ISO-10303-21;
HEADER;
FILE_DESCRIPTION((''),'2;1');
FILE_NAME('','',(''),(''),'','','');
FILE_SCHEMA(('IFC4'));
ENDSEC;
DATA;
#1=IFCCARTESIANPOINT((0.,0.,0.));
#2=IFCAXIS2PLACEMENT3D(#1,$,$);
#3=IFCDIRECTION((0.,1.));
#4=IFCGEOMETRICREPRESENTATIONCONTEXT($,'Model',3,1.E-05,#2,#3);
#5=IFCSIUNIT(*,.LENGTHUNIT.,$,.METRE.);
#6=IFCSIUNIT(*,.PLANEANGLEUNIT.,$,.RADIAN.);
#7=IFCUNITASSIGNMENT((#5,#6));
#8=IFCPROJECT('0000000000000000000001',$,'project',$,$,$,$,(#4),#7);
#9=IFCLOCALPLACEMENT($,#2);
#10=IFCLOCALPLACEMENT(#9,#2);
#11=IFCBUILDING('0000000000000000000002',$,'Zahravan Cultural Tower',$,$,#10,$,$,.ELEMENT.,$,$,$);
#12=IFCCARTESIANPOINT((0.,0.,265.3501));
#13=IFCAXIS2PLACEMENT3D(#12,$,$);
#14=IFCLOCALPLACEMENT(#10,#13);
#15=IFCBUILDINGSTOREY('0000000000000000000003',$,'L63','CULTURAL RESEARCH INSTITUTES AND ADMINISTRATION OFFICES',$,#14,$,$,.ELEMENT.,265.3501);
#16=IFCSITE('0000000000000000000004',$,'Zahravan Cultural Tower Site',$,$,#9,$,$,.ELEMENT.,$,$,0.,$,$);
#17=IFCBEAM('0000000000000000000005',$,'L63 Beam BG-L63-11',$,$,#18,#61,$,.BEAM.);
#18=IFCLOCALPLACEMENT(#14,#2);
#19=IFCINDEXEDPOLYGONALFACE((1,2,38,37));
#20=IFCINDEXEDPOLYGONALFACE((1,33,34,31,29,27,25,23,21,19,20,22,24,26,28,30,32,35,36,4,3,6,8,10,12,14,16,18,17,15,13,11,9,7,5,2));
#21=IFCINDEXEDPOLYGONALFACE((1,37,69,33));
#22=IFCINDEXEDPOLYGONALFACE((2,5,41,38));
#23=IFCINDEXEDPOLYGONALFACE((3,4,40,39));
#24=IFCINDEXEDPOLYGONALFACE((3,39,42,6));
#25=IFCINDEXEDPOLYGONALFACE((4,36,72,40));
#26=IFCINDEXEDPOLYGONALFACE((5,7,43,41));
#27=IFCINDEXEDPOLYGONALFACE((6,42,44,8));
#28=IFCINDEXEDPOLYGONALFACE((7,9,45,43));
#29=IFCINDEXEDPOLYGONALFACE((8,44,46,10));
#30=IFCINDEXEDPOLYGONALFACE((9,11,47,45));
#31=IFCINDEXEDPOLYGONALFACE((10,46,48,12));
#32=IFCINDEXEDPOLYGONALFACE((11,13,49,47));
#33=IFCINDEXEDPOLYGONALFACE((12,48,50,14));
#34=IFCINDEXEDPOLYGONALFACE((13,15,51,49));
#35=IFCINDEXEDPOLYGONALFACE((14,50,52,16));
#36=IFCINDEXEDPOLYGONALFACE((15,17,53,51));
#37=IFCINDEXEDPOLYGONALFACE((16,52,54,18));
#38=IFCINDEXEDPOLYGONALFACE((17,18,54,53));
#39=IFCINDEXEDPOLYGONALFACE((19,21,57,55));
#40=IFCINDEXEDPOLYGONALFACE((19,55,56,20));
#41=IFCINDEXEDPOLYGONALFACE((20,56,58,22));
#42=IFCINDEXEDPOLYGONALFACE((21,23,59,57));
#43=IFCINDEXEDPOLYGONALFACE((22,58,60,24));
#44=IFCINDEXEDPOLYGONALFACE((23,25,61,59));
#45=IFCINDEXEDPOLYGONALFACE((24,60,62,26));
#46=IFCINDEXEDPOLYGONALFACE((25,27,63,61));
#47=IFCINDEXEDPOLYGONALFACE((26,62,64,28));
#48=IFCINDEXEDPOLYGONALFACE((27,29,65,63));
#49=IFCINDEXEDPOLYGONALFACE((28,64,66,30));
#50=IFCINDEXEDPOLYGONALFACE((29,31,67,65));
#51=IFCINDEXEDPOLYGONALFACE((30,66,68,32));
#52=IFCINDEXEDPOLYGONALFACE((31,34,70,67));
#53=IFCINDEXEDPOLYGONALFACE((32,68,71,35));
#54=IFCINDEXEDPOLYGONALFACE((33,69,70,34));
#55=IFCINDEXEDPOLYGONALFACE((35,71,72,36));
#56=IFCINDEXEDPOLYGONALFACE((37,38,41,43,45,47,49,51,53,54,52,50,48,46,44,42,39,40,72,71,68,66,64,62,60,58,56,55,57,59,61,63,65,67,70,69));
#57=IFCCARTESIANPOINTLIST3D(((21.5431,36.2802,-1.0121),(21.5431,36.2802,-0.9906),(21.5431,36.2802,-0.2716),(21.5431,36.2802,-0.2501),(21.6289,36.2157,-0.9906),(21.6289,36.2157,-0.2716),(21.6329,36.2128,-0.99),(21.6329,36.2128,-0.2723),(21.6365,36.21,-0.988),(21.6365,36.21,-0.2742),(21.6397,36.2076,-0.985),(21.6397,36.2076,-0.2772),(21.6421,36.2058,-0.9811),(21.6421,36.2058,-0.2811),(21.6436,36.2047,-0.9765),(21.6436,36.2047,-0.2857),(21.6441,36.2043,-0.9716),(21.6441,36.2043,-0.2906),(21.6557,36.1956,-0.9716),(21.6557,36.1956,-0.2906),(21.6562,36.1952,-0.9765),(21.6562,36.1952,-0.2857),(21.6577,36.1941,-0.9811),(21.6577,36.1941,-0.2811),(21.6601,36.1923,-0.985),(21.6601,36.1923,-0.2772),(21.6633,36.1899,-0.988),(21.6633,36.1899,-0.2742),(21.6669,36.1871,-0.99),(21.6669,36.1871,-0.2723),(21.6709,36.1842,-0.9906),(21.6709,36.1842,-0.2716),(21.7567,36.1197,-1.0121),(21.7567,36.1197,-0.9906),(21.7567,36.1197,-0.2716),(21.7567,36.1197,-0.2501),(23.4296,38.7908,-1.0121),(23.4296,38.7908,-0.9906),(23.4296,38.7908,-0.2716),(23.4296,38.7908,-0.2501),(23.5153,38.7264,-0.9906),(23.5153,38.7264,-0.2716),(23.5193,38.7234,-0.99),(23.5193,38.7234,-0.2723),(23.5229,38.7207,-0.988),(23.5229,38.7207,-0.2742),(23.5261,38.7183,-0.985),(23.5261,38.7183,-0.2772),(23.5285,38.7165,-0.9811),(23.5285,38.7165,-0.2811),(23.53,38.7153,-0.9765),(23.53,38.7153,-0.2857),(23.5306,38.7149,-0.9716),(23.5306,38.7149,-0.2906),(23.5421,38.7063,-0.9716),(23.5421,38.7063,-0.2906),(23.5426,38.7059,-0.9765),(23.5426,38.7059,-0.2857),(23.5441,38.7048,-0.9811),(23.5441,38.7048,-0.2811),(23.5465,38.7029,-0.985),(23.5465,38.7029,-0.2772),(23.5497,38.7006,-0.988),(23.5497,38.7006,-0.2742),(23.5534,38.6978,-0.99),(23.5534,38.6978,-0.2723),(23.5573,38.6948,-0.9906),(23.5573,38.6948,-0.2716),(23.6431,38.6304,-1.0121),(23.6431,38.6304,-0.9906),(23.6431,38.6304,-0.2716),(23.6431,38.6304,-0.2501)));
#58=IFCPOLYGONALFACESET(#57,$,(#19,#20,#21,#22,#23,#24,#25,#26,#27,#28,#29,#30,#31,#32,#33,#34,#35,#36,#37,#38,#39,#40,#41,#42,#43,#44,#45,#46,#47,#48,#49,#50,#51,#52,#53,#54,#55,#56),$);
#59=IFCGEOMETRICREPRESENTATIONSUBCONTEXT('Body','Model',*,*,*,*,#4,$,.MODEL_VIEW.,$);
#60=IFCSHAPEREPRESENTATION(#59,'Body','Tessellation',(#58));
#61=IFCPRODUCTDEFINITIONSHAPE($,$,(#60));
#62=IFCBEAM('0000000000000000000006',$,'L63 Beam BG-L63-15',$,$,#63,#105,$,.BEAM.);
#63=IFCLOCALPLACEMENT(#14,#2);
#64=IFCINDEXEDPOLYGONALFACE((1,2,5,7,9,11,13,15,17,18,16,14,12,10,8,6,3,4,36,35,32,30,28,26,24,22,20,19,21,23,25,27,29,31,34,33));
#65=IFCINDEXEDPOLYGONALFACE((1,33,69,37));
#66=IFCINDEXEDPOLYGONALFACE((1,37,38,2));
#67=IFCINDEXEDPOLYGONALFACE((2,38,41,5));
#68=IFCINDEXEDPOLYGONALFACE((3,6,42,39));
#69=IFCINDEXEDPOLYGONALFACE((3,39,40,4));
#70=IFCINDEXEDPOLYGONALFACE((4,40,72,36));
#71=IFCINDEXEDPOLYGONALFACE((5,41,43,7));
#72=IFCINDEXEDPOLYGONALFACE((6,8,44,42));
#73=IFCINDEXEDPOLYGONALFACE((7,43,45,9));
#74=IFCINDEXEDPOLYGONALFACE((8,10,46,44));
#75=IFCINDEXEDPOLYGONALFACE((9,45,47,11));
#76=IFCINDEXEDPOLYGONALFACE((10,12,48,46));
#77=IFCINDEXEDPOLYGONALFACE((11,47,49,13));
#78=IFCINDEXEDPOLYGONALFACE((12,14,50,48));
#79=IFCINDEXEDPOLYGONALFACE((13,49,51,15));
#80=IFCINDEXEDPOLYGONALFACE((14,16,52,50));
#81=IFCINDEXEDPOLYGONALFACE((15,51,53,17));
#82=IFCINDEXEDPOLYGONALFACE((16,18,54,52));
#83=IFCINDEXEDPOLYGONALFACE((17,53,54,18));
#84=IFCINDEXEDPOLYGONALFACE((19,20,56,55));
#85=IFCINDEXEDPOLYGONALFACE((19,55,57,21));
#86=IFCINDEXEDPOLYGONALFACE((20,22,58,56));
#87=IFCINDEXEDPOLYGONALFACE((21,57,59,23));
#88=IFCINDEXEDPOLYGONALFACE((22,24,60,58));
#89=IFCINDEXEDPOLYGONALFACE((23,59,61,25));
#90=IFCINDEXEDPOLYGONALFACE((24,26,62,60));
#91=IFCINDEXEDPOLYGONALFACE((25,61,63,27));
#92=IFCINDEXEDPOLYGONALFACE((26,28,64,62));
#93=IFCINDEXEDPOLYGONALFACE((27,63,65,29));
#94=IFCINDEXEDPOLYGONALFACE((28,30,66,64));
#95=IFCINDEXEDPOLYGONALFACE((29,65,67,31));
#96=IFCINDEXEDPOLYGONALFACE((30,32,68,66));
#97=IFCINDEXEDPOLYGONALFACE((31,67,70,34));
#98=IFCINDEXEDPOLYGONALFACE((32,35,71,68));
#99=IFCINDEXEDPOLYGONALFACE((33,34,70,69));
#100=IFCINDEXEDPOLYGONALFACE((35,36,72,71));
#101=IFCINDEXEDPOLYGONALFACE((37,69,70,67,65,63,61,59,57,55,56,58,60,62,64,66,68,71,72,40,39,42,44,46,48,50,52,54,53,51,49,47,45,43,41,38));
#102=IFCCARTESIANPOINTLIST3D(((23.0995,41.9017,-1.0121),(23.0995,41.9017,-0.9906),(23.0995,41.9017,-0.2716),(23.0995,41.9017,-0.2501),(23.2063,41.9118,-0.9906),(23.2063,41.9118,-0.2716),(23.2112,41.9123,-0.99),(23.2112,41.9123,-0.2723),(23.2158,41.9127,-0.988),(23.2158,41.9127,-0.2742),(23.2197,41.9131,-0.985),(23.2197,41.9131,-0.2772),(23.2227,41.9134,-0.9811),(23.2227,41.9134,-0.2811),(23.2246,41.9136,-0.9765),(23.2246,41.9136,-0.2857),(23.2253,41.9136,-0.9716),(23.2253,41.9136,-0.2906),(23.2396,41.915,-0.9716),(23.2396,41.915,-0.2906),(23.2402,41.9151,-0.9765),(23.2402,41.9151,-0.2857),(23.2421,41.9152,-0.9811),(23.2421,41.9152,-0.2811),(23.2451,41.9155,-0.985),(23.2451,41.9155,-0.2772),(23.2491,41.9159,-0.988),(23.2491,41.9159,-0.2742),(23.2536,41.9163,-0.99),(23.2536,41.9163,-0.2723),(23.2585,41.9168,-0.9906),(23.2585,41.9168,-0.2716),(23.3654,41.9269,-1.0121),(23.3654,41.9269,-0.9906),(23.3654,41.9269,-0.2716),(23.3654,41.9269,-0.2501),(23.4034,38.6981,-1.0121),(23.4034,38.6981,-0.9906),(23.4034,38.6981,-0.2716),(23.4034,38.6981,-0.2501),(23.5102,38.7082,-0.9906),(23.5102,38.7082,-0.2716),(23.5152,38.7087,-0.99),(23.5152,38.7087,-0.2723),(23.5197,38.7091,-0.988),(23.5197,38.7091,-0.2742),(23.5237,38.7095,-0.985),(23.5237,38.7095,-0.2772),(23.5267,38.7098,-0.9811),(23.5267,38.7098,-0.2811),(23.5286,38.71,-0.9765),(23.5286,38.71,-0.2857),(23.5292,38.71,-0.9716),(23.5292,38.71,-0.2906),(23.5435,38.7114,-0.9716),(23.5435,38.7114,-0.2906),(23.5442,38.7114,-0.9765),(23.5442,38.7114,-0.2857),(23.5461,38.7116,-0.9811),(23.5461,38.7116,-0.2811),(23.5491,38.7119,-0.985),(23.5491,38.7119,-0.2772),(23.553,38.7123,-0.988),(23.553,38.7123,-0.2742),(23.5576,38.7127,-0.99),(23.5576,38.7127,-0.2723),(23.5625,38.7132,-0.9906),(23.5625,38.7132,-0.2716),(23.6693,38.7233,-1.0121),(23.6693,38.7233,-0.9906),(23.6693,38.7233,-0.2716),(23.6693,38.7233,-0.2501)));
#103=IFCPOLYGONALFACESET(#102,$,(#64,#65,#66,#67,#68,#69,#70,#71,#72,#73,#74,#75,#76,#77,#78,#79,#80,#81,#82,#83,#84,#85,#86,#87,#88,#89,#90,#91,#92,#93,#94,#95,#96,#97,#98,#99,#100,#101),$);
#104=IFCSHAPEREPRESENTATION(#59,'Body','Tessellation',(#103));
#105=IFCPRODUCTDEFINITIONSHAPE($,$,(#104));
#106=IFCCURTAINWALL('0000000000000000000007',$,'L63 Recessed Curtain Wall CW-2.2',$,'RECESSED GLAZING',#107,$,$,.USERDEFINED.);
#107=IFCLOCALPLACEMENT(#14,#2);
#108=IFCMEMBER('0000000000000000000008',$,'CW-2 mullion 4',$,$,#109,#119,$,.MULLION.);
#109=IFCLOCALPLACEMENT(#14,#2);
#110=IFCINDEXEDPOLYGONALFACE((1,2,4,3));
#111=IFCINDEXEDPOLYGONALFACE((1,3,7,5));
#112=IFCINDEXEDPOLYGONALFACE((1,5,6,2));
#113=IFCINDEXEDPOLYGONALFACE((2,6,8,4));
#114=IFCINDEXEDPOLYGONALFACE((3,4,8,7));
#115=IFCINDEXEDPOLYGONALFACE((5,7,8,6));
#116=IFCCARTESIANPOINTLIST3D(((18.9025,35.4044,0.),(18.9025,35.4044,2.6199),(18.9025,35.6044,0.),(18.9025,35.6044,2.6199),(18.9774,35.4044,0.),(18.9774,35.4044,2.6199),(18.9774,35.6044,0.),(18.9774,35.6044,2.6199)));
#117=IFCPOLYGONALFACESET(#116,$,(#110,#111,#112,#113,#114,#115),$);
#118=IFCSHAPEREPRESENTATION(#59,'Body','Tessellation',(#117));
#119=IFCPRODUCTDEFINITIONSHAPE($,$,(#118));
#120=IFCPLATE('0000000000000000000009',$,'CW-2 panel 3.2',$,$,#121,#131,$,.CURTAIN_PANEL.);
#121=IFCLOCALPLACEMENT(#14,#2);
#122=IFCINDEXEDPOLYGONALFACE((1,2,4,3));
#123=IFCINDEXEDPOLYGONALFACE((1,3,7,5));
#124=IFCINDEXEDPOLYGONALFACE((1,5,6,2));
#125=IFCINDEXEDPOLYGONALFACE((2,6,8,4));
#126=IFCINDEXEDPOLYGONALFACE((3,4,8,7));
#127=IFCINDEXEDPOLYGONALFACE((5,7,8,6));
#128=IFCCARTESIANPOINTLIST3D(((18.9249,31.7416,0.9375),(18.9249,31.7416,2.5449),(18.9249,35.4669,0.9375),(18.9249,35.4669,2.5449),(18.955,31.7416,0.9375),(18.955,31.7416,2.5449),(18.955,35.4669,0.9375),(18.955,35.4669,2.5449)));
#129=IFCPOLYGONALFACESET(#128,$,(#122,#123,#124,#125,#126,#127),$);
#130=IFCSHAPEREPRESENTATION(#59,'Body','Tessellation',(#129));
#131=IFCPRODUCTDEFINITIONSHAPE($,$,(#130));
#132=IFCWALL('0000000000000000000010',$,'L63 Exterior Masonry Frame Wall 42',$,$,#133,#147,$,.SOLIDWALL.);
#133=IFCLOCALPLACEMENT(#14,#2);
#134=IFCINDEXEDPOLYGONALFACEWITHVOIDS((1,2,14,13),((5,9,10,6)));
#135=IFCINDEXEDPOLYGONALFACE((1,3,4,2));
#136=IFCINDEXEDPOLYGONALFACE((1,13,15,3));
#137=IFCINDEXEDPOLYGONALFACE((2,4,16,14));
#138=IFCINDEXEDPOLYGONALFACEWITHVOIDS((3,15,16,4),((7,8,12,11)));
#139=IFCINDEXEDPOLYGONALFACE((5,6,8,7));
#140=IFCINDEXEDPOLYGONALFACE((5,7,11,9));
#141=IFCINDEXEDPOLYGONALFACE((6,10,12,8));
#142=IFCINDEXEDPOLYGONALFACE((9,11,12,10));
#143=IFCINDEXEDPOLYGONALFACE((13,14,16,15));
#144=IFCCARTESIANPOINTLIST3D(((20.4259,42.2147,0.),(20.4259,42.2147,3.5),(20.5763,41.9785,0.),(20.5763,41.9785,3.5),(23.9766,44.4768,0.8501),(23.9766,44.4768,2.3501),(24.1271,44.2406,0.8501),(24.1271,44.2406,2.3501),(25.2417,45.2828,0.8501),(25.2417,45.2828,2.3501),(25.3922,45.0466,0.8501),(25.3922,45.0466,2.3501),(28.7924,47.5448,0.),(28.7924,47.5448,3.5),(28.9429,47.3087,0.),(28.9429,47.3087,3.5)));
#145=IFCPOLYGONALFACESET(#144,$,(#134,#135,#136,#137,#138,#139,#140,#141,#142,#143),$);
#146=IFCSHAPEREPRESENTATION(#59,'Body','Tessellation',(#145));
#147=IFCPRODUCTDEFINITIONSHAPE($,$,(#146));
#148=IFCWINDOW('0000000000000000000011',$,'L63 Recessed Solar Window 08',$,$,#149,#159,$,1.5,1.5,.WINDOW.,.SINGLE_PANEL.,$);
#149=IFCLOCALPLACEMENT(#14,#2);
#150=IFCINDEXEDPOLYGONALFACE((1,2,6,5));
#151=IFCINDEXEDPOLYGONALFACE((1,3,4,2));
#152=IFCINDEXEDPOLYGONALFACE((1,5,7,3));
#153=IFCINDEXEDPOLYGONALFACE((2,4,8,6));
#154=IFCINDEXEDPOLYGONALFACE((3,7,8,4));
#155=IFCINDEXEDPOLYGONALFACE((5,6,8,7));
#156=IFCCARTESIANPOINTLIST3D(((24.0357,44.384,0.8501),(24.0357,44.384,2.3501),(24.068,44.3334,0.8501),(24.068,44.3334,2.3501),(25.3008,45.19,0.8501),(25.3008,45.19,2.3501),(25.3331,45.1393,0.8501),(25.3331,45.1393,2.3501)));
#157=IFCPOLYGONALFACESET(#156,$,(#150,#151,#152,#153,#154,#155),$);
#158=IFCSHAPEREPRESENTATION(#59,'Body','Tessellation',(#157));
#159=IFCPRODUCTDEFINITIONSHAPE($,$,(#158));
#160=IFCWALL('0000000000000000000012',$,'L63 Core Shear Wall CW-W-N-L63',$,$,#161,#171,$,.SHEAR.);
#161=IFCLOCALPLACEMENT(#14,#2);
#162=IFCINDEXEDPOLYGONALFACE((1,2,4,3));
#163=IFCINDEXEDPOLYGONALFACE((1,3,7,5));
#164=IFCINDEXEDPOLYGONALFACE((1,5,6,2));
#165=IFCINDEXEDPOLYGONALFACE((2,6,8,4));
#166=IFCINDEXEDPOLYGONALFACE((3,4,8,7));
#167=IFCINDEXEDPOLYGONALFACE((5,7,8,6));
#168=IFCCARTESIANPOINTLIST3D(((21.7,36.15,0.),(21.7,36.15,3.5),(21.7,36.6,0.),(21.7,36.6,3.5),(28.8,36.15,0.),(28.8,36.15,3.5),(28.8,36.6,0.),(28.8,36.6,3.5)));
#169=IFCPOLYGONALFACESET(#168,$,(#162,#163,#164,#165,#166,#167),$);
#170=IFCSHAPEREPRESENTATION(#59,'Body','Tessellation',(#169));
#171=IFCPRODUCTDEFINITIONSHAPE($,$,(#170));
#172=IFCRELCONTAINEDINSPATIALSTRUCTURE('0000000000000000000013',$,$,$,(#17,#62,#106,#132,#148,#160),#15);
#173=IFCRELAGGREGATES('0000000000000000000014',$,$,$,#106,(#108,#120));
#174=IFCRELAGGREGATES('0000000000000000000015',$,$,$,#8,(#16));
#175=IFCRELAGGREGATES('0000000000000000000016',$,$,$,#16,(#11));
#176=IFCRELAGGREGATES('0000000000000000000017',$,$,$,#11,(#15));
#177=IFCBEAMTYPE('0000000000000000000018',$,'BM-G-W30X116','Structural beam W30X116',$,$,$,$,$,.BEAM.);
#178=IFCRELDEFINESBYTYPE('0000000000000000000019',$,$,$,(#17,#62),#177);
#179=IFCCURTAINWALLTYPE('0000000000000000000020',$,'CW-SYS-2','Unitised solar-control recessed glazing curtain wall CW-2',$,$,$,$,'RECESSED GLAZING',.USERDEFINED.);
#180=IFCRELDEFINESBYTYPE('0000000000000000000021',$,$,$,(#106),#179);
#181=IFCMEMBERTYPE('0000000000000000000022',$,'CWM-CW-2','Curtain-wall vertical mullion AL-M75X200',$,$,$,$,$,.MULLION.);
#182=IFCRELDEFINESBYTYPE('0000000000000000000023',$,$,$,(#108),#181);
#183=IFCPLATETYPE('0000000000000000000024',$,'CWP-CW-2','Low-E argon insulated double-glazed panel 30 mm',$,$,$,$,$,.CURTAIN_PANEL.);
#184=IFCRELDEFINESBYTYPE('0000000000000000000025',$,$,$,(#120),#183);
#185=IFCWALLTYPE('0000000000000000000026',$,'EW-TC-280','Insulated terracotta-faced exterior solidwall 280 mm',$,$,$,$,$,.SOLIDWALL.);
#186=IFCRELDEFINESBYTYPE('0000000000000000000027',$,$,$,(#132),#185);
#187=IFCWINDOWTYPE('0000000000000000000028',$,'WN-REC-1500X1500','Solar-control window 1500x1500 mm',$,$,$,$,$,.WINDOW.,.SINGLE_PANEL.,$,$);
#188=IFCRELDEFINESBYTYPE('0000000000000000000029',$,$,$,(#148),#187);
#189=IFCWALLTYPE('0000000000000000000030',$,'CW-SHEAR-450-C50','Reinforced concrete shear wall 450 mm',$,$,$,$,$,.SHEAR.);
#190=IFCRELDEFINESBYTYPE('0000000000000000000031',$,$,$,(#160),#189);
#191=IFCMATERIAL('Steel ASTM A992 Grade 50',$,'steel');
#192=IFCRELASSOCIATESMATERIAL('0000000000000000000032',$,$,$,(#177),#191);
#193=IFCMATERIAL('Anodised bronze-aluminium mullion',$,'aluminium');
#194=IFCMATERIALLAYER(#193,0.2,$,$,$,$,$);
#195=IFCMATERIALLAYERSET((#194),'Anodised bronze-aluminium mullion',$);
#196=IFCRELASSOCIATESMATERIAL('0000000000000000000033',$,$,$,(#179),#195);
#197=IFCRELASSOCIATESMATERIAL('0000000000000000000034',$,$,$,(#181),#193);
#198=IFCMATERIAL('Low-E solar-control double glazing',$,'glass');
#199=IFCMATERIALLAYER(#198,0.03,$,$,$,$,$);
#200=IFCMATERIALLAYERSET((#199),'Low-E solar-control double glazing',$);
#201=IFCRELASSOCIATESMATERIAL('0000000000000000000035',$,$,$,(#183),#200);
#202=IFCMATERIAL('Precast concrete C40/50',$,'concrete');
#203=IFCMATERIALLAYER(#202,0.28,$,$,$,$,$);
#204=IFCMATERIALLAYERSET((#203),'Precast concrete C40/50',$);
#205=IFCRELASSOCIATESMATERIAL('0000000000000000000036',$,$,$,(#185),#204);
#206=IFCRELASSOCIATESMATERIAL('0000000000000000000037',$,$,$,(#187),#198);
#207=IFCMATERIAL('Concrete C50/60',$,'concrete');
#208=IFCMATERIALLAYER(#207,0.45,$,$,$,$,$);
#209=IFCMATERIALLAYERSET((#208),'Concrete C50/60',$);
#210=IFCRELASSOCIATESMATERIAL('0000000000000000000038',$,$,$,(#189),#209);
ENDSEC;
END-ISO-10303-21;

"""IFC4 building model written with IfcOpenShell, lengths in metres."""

from ifc_helpers import new_model, si_unit, direction, frame, frame_2d, origin, origin_2d, place, context, subcontext, project, spatial, rectangle, i_section, extrude, source, transform, mapped, material, layer, layer_set, material_profile, profile_set, type_object, element, fill, aggregate, save


model = new_model("IFC4")

# Units and contexts
model_context = context("Model", 3, precision=1e-05, world=origin(), true_north=direction((0.0, 1.0)))
body_context = subcontext(model_context, "Body", "Model", "MODEL_VIEW")
ifc_project = project(units=[si_unit("LENGTHUNIT", "METRE"), si_unit("PLANEANGLEUNIT", "RADIAN")], contexts=[model_context])

# Site, building, storey
site_placement = place(None, origin())
site = spatial("IfcSite", under=ifc_project, at=site_placement, Name="Zahravan Cultural Tower Site", CompositionType="ELEMENT", RefElevation=0.0)
building_placement = place(site_placement, origin())
building = spatial("IfcBuilding", under=site, at=building_placement, Name="Zahravan Cultural Tower", CompositionType="ELEMENT")
storey_placement = place(building_placement, frame((0.0, 0.0, 265.3501)))
storey = spatial("IfcBuildingStorey", under=building, at=storey_placement, Name="L63", Description="CULTURAL RESEARCH INSTITUTES AND ADMINISTRATION OFFICES", CompositionType="ELEMENT", Elevation=265.3501)

# Shared definitions
ifc_material_1 = material(Name="Concrete C50/60", Category="concrete")
ifc_material_2 = material(Name="Steel ASTM A992 Grade 50", Category="steel")

# Beams
ifc_material_profile_1 = material_profile(ifc_material_2, i_section(OverallWidth=0.2671, OverallDepth=0.762, WebThickness=0.0144, FlangeThickness=0.0215, FilletRadius=0.019, at=origin_2d()), Name="W30X116")
ifc_profile_set_1 = profile_set([ifc_material_profile_1], Name="Steel ASTM A992 Grade 50")
beam_type_1 = type_object("IfcBeamType", Name="BM-G-W30X116", Description="Structural beam W30X116", PredefinedType="BEAM", material=ifc_profile_set_1)
shared_shape_1 = source(origin(), body_context, "Body", "SweptSolid", [
    extrude(i_section(OverallWidth=0.2671, OverallDepth=0.762, WebThickness=0.0144, FlangeThickness=0.0215, FilletRadius=0.019, at=origin_2d()), origin(), (0.0, 0.0, 1.0), 3.1404),
])
beam_1_placement = place(storey_placement, frame((21.6499, 36.2, -0.6311), z_axis=(0.600696, 0.799477, 0.0), x_axis=(-0.799477, 0.600696, 0.0)))
element("IfcBeam", 1, at=beam_1_placement, inside=storey, type_object=beam_type_1, Name="L63 Beam BG-L63-11", PredefinedType="BEAM", context=body_context, shape_type="MappedRepresentation", body=[
    mapped(shared_shape_1, transform((0.0, 0.0, 0.0), x_axis=(1.0, 0.0, 0.0), y_axis=(0.0, 1.0, 0.0), z_axis=(0.0, 0.0, 1.0), scale=1.0)),
])
shared_shape_2 = source(origin(), body_context, "Body", "SweptSolid", [
    extrude(i_section(OverallWidth=0.2671, OverallDepth=0.762, WebThickness=0.0144, FlangeThickness=0.0215, FilletRadius=0.019, at=origin_2d()), origin(), (0.0, 0.0, 1.0), 3.218),
])
beam_2_placement = place(storey_placement, frame((23.5364, 38.7107, -0.6311), z_axis=(-0.094455, 0.995529, 0.0), x_axis=(-0.995529, -0.094455, 0.0)))
element("IfcBeam", 2, at=beam_2_placement, inside=storey, type_object=beam_type_1, Name="L63 Beam BG-L63-15", PredefinedType="BEAM", context=body_context, shape_type="MappedRepresentation", body=[
    mapped(shared_shape_2, transform((0.0, 0.0, 0.0), x_axis=(1.0, 0.0, 0.0), y_axis=(0.0, 1.0, 0.0), z_axis=(0.0, 0.0, 1.0), scale=1.0)),
])

# Curtain wall, member, plate
ifc_material_3 = material(Name="Anodised bronze-aluminium mullion", Category="aluminium")
ifc_layer_1 = layer(ifc_material_3, 0.2)
ifc_layer_set_1 = layer_set([ifc_layer_1], Name="Anodised bronze-aluminium mullion")
curtain_wall_type = type_object("IfcCurtainWallType", Name="CW-SYS-2", Description="Unitised solar-control recessed glazing curtain wall CW-2", ElementType="RECESSED GLAZING", PredefinedType="USERDEFINED", material=ifc_layer_set_1)
curtain_wall_placement = place(storey_placement, origin())
curtain_wall = element("IfcCurtainWall", 3, at=curtain_wall_placement, inside=storey, type_object=curtain_wall_type, Name="L63 Recessed Curtain Wall CW-2.2", ObjectType="RECESSED GLAZING", PredefinedType="USERDEFINED")
ifc_material_profile_2 = material_profile(ifc_material_3, rectangle(XDim=0.075, YDim=0.2, at=origin_2d()), Name="AL-M75X200")
ifc_profile_set_2 = profile_set([ifc_material_profile_2], Name="Anodised bronze-aluminium mullion")
member_type = type_object("IfcMemberType", Name="CWM-CW-2", Description="Curtain-wall vertical mullion AL-M75X200", PredefinedType="MULLION", material=ifc_profile_set_2)
shared_shape_3 = source(origin(), body_context, "Body", "SweptSolid", [
    extrude(rectangle(XDim=0.075, YDim=0.2, at=origin_2d()), origin(), (0.0, 0.0, 1.0), 2.6199),
])
member_placement = place(storey_placement, frame((18.9399, 35.5044, 0.0), z_axis=(0.0, 0.0, 1.0), x_axis=(-1.0, 0.0, 0.0)))
member = element("IfcMember", 4, at=member_placement, type_object=member_type, Name="CW-2 mullion 4", PredefinedType="MULLION", context=body_context, shape_type="MappedRepresentation", body=[
    mapped(shared_shape_3, transform((0.0, 0.0, 0.0), x_axis=(1.0, 0.0, 0.0), y_axis=(0.0, 1.0, 0.0), z_axis=(0.0, 0.0, 1.0), scale=1.0)),
])
ifc_material_4 = material(Name="Low-E solar-control double glazing", Category="glass")
ifc_layer_2 = layer(ifc_material_4, 0.03)
ifc_layer_set_2 = layer_set([ifc_layer_2], Name="Low-E solar-control double glazing")
plate_type = type_object("IfcPlateType", Name="CWP-CW-2", Description="Low-E argon insulated double-glazed panel 30 mm", PredefinedType="CURTAIN_PANEL", material=ifc_layer_set_2)
shared_shape_4 = source(origin(), body_context, "Body", "SweptSolid", [
    extrude(rectangle(XDim=3.7253, YDim=0.03, at=origin_2d()), origin(), (0.0, 0.0, 1.0), 1.6074),
])
plate_placement = place(storey_placement, frame((18.9399, 33.6042, 0.9375), z_axis=(0.0, 0.0, 1.0), x_axis=(0.0, 1.0, 0.0)))
plate = element("IfcPlate", 5, at=plate_placement, type_object=plate_type, Name="CW-2 panel 3.2", PredefinedType="CURTAIN_PANEL", context=body_context, shape_type="MappedRepresentation", body=[
    mapped(shared_shape_4, transform((0.0, 0.0, 0.0), x_axis=(1.0, 0.0, 0.0), y_axis=(0.0, 1.0, 0.0), z_axis=(0.0, 0.0, 1.0), scale=1.0)),
])
aggregate(curtain_wall, [member, plate])

# Wall, opening, window
ifc_material_5 = material(Name="Precast concrete C40/50", Category="concrete")
ifc_layer_3 = layer(ifc_material_5, 0.28)
ifc_layer_set_3 = layer_set([ifc_layer_3], Name="Precast concrete C40/50")
wall_type_1 = type_object("IfcWallType", Name="EW-TC-280", Description="Insulated terracotta-faced exterior solidwall 280 mm", PredefinedType="SOLIDWALL", material=ifc_layer_set_3)
wall_1_placement = place(storey_placement, frame((20.5012, 42.0967, 0.0), z_axis=(0.0, 0.0, 1.0), x_axis=(0.843389, 0.537304, 0.0)))
wall_1 = element("IfcWall", 6, at=wall_1_placement, inside=storey, type_object=wall_type_1, Name="L63 Exterior Masonry Frame Wall 42", PredefinedType="SOLIDWALL", context=body_context, shape_type="SweptSolid", body=[
    extrude(rectangle(XDim=9.9202, YDim=0.28, at=frame_2d((4.96, 0.0))), origin(), (0.0, 0.0, 1.0), 3.5),
])
opening_placement = place(wall_1_placement, frame((4.21, 0.0, 0.8501)))
opening = element("IfcOpeningElement", 7, at=opening_placement, cuts=wall_1, PredefinedType="OPENING", context=body_context, shape_type="SweptSolid", body=[
    extrude(rectangle(XDim=1.5, YDim=1.5, at=frame_2d((0.75, 0.75))), frame((0.0, 0.1499, 0.0), z_axis=(0.0, -1.0, 0.0), x_axis=(1.0, 0.0, 0.0)), (0.0, 0.0, 1.0), 0.3),
])
window_type = type_object("IfcWindowType", Name="WN-REC-1500X1500", Description="Solar-control window 1500x1500 mm", PartitioningType="SINGLE_PANEL", PredefinedType="WINDOW", material=ifc_material_4)
shared_shape_5 = source(origin(), body_context, "Body", "SweptSolid", [
    extrude(rectangle(XDim=1.5, YDim=1.5, at=frame_2d((0.75, 0.75))), frame((0.0, 0.03, 0.0), z_axis=(0.0, -1.0, 0.0), x_axis=(1.0, 0.0, 0.0)), (0.0, 0.0, 1.0), 0.0601),
])
window_placement = place(opening_placement, origin())
window = element("IfcWindow", 8, at=window_placement, inside=storey, type_object=window_type, Name="L63 Recessed Solar Window 08", OverallHeight=1.5, OverallWidth=1.5, PartitioningType="SINGLE_PANEL", PredefinedType="WINDOW", context=body_context, shape_type="MappedRepresentation", body=[
    mapped(shared_shape_5, transform((0.0, 0.0, 0.0), x_axis=(1.0, 0.0, 0.0), y_axis=(0.0, 1.0, 0.0), z_axis=(0.0, 0.0, 1.0), scale=1.0)),
])
fill(opening, window)

# Wall
ifc_layer_4 = layer(ifc_material_1, 0.45)
ifc_layer_set_4 = layer_set([ifc_layer_4], Name="Concrete C50/60")
wall_type_2 = type_object("IfcWallType", Name="CW-SHEAR-450-C50", Description="Reinforced concrete shear wall 450 mm", PredefinedType="SHEAR", material=ifc_layer_set_4)
shared_shape_6 = source(origin(), body_context, "Body", "SweptSolid", [
    extrude(rectangle(XDim=7.1001, YDim=0.45, at=frame_2d((3.55, 0.0))), origin(), (0.0, 0.0, 1.0), 3.5),
])
wall_2_placement = place(storey_placement, frame((21.7, 36.375, 0.0), z_axis=(0.0, 0.0, 1.0), x_axis=(1.0, 0.0, 0.0)))
element("IfcWall", 9, at=wall_2_placement, inside=storey, type_object=wall_type_2, Name="L63 Core Shear Wall CW-W-N-L63", PredefinedType="SHEAR", context=body_context, shape_type="MappedRepresentation", body=[
    mapped(shared_shape_6, transform((0.0, 0.0, 0.0), x_axis=(1.0, 0.0, 0.0), y_axis=(0.0, 1.0, 0.0), z_axis=(0.0, 0.0, 1.0), scale=1.0)),
])

save(model, "model.ifc")
